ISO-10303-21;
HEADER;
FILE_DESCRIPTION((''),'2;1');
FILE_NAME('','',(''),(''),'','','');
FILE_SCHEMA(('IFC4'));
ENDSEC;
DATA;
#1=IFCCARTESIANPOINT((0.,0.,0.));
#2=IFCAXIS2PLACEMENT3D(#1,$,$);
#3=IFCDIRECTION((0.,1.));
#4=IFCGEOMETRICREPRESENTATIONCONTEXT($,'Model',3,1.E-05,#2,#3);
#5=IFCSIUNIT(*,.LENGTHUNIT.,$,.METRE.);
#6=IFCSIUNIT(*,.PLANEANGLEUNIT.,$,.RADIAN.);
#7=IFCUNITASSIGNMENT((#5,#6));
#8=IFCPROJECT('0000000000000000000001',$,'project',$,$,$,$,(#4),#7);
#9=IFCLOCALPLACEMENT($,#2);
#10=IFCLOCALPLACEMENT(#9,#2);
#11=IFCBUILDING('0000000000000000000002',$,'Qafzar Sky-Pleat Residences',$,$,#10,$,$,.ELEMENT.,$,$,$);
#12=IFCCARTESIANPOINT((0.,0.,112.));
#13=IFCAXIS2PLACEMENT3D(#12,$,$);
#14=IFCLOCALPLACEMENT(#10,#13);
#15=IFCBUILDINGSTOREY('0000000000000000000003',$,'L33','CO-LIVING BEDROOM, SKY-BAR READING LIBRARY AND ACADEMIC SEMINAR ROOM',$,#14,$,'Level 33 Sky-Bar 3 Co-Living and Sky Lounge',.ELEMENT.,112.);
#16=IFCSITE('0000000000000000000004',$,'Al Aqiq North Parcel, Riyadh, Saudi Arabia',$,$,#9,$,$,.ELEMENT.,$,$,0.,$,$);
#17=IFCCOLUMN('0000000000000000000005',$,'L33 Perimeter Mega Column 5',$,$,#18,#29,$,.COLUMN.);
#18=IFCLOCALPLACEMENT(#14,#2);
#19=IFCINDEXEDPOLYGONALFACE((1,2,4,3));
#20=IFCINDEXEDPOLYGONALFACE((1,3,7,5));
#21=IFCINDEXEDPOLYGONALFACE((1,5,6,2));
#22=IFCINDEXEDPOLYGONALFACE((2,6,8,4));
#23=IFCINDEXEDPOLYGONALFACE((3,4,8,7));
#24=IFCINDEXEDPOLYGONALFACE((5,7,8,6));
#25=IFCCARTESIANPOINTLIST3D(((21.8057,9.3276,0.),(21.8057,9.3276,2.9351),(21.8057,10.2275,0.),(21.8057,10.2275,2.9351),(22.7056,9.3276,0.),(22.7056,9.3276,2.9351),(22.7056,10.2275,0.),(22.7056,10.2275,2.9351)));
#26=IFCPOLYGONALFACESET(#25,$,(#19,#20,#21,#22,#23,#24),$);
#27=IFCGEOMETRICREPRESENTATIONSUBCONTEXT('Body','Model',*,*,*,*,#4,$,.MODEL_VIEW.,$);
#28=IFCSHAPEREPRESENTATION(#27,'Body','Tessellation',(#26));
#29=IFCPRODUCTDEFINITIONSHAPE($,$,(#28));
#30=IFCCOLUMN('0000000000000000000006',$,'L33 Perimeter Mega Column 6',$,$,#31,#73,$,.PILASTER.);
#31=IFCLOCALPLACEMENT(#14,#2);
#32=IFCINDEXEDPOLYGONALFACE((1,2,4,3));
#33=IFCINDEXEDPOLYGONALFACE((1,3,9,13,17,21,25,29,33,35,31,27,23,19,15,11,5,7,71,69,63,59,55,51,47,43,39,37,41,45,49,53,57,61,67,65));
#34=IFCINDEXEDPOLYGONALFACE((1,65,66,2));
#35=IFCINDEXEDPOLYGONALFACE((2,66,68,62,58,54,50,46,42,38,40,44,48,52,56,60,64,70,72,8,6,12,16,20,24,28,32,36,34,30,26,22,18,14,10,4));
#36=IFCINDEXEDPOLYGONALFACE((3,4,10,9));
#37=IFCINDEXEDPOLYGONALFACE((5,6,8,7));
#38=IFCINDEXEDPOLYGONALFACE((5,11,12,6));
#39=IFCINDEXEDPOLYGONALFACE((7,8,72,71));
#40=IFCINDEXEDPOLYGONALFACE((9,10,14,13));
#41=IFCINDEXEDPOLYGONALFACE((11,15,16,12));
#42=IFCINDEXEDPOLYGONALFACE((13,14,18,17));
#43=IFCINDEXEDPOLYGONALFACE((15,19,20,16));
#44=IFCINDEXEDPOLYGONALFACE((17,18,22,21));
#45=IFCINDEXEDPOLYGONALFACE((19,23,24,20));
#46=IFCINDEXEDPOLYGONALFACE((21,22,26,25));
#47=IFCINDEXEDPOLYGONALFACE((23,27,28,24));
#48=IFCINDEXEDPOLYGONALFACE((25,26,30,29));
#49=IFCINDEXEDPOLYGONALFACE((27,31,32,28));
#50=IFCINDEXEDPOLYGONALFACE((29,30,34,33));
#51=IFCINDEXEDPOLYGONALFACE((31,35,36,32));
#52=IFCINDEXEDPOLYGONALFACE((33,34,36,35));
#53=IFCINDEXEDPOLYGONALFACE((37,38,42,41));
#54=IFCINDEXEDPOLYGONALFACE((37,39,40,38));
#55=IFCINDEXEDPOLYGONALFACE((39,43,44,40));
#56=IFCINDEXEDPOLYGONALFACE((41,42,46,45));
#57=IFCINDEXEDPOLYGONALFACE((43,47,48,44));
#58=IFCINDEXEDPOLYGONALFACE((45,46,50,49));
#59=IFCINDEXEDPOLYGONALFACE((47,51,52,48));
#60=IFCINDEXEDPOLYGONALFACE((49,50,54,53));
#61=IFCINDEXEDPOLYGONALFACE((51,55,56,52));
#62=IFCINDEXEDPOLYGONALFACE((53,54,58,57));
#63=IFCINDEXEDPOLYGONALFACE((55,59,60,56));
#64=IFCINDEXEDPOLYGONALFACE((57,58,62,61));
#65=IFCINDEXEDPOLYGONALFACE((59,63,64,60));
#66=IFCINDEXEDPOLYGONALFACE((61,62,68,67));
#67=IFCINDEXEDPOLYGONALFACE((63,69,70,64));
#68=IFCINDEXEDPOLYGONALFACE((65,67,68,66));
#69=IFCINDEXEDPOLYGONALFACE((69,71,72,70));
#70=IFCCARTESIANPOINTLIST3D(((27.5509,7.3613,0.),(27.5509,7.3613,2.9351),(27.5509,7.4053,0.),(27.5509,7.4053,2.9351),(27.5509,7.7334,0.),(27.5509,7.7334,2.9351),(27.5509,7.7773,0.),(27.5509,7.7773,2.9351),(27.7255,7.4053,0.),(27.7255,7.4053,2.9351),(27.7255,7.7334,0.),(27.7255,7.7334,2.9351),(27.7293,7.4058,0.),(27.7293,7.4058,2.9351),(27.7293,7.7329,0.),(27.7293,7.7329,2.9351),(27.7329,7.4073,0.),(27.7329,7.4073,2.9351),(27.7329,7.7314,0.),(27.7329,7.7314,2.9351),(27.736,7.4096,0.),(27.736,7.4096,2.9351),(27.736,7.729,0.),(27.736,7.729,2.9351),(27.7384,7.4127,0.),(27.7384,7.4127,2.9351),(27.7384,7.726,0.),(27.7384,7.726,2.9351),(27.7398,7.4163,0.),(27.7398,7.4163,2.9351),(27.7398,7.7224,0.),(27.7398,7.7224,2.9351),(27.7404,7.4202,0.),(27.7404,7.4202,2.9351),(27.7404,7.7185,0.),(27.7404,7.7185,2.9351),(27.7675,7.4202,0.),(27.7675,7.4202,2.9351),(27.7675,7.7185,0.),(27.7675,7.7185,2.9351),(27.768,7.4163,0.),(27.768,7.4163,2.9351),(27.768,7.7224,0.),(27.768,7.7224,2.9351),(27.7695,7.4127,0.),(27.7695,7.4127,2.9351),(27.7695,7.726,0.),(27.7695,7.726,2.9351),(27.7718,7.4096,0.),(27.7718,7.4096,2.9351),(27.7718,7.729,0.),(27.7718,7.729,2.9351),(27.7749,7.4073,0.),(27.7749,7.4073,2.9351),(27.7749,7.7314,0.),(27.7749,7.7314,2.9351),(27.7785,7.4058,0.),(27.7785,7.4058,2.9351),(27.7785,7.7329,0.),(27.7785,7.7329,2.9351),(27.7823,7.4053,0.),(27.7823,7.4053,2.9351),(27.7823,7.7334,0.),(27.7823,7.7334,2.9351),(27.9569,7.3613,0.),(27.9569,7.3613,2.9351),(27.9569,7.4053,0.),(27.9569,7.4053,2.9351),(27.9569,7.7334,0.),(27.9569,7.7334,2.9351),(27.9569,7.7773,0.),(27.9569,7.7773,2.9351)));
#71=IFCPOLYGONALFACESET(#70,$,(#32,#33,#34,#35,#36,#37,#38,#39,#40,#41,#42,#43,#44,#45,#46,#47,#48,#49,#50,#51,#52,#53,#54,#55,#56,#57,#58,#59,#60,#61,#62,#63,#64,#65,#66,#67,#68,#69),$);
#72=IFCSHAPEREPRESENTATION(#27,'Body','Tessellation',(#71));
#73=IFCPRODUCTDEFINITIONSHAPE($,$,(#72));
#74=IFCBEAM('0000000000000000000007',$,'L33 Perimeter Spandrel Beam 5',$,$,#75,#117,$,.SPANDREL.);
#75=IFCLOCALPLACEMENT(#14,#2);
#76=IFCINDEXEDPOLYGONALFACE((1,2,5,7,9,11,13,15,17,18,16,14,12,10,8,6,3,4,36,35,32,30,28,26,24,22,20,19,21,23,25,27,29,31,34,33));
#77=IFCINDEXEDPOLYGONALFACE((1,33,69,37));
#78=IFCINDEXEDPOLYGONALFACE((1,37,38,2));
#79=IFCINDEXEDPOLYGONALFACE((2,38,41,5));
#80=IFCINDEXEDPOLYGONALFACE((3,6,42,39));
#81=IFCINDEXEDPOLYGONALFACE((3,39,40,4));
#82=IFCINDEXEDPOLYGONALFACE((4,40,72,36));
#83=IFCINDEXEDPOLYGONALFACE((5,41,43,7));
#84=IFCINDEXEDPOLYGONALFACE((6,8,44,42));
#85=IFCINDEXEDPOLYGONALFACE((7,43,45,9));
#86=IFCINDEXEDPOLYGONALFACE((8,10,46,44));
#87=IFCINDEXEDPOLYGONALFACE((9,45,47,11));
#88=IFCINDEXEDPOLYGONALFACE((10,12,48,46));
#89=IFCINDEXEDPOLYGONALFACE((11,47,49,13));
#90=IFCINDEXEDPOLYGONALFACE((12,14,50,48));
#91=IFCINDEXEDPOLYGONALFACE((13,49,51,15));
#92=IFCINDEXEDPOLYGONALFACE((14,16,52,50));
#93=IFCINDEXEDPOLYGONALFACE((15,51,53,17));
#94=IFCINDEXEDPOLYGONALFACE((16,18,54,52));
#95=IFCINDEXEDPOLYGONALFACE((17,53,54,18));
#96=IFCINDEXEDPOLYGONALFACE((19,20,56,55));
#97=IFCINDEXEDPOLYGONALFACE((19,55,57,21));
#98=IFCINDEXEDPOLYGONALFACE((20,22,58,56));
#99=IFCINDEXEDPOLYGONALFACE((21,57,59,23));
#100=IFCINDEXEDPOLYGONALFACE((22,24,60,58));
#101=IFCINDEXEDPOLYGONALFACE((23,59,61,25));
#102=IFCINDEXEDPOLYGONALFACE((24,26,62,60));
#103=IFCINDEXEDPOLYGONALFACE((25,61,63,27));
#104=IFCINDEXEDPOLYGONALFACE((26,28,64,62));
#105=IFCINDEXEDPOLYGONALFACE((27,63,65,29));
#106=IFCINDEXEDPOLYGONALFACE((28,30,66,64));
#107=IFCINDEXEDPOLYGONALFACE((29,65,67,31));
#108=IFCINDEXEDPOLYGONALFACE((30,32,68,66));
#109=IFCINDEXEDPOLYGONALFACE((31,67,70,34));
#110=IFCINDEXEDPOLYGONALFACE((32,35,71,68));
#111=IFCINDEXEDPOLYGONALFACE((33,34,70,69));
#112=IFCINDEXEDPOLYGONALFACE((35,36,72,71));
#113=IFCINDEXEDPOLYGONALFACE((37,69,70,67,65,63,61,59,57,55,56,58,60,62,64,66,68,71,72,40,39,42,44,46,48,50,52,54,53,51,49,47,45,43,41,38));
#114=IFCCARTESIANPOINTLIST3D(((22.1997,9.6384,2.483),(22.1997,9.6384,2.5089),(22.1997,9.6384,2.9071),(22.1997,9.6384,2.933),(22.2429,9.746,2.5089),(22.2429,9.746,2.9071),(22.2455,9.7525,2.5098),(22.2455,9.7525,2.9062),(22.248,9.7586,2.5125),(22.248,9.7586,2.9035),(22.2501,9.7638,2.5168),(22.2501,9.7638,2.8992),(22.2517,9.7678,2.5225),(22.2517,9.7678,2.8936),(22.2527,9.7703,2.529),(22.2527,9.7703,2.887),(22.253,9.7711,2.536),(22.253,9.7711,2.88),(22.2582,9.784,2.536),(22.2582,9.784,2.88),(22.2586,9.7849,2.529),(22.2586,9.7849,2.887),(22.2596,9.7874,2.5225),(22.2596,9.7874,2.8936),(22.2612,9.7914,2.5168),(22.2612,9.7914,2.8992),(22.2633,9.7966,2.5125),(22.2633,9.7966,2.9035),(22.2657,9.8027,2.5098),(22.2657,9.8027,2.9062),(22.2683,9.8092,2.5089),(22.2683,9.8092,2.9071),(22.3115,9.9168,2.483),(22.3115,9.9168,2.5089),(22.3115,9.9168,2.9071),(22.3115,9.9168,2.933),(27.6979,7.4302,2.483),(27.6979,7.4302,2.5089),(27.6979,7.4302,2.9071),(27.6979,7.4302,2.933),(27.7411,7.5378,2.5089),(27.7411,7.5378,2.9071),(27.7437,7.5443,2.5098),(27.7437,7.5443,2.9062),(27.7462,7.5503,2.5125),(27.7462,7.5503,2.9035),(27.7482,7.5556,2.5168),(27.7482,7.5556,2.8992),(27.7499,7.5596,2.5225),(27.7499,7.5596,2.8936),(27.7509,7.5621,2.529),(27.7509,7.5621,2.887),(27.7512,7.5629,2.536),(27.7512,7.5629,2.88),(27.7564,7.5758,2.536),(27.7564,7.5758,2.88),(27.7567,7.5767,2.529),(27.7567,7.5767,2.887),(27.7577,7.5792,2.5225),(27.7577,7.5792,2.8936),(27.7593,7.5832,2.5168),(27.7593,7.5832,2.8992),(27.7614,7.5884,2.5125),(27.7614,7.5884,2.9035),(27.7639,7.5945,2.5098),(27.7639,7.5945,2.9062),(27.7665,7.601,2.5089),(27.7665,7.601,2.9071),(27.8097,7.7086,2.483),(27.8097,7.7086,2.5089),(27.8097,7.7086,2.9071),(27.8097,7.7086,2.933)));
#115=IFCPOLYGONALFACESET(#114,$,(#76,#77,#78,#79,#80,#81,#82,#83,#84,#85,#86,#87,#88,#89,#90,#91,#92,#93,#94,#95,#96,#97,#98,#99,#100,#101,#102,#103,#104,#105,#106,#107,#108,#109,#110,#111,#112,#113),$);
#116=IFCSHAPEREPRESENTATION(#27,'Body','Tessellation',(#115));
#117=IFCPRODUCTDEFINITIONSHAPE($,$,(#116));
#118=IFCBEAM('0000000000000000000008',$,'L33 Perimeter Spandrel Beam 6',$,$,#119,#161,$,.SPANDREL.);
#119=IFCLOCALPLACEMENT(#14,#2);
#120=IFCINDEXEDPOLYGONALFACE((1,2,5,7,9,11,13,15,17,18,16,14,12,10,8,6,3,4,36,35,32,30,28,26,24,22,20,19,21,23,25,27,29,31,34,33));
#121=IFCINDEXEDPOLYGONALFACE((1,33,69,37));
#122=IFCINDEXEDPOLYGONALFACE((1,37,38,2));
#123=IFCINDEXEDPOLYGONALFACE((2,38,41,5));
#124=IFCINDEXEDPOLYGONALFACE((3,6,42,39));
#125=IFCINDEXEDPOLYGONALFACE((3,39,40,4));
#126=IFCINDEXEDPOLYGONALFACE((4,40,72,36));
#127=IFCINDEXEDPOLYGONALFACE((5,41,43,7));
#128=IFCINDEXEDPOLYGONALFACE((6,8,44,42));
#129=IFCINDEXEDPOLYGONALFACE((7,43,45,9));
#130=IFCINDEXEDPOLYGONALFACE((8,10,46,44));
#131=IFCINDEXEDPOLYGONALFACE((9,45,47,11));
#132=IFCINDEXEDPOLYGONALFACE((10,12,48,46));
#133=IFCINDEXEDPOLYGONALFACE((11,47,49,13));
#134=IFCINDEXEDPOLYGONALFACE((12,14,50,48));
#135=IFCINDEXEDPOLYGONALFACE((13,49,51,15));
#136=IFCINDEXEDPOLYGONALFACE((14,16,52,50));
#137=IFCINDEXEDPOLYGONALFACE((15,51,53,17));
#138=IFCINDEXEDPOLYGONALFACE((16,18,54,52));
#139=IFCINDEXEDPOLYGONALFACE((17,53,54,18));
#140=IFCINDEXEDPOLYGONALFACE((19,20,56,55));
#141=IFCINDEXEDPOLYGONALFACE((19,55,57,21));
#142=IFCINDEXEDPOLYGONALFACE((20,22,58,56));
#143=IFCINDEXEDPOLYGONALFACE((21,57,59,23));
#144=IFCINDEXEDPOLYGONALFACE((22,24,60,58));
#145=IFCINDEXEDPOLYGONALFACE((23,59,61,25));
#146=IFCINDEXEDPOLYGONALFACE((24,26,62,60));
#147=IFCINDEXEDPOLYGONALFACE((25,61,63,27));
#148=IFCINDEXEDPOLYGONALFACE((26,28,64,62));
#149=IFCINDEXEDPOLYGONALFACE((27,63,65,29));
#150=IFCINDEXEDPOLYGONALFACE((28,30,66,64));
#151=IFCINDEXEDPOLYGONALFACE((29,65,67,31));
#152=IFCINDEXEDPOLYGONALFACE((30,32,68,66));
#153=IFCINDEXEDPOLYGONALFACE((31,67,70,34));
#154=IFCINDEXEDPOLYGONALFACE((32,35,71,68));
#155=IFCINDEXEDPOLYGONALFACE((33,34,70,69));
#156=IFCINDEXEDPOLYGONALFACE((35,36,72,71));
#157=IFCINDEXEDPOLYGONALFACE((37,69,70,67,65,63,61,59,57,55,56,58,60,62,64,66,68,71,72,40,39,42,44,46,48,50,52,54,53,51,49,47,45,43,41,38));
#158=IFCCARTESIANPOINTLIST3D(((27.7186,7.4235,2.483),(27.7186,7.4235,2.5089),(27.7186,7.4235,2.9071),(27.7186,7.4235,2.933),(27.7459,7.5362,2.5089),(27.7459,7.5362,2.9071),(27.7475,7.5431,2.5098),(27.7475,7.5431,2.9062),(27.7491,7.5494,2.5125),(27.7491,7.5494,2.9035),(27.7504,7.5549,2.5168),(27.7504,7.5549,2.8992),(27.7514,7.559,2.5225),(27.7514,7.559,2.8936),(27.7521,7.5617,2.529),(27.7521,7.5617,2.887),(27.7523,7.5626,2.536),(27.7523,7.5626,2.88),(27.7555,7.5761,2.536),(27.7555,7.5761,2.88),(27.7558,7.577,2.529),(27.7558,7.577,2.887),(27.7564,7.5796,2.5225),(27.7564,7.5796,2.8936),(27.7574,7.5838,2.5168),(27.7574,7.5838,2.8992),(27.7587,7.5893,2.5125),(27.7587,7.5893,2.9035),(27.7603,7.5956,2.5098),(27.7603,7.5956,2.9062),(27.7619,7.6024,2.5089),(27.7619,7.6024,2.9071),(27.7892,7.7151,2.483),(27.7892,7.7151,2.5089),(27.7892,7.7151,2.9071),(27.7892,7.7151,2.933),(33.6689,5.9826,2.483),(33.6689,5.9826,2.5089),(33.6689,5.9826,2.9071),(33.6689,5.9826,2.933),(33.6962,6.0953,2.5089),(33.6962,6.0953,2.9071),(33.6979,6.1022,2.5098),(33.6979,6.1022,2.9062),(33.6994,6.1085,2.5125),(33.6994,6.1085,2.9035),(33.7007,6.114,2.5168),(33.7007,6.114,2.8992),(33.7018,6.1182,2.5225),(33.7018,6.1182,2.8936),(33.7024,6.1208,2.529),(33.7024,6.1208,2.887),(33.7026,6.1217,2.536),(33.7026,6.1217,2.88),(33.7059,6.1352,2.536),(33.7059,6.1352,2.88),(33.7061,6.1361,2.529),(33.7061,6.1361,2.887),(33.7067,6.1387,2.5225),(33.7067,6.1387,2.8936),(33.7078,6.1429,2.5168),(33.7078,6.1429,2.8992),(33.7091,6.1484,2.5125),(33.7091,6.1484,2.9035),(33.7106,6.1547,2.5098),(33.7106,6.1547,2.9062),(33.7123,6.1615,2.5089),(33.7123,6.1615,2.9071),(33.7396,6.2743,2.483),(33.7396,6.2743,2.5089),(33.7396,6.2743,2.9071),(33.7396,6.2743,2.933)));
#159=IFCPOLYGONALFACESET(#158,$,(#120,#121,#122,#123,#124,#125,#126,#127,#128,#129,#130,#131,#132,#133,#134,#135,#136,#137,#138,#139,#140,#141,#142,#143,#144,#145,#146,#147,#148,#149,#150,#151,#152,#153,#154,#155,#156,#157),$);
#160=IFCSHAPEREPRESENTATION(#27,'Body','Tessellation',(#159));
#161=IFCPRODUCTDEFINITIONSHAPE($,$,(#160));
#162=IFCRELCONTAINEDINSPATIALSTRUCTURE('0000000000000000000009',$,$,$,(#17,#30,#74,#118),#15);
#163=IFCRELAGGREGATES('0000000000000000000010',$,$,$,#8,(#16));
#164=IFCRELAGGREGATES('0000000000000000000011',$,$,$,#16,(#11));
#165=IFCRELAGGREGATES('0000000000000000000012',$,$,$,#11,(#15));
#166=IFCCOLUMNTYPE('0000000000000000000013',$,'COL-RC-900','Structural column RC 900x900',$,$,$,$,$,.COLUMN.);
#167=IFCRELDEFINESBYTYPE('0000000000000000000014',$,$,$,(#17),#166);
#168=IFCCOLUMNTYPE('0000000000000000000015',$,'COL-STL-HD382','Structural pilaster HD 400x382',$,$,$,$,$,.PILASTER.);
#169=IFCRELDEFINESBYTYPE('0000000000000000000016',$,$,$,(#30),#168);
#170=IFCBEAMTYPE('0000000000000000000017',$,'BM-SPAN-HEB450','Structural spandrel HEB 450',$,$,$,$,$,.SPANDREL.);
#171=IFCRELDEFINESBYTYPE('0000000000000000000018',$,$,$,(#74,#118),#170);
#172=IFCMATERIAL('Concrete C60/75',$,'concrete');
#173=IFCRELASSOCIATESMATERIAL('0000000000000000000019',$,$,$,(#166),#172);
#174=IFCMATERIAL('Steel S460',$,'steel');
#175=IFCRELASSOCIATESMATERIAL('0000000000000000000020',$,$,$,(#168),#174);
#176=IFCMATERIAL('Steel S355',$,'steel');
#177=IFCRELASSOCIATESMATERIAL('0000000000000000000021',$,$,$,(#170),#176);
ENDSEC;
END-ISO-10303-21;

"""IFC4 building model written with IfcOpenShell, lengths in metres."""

from ifc_helpers import new_model, si_unit, direction, frame, origin, origin_2d, place, context, subcontext, project, spatial, rectangle, i_section, extrude, source, transform, mapped, material, material_profile, profile_set, type_object, element, save


model = new_model("IFC4")

# Units and contexts
model_context = context("Model", 3, precision=1e-05, world=origin(), true_north=direction((0.0, 1.0)))
body_context = subcontext(model_context, "Body", "Model", "MODEL_VIEW")
ifc_project = project(units=[si_unit("LENGTHUNIT", "METRE"), si_unit("PLANEANGLEUNIT", "RADIAN")], contexts=[model_context])

# Site, building, storey
site_placement = place(None, origin())
site = spatial("IfcSite", under=ifc_project, at=site_placement, Name="Al Aqiq North Parcel, Riyadh, Saudi Arabia", CompositionType="ELEMENT", RefElevation=0.0)
building_placement = place(site_placement, origin())
building = spatial("IfcBuilding", under=site, at=building_placement, Name="Qafzar Sky-Pleat Residences", CompositionType="ELEMENT")
storey_placement = place(building_placement, frame((0.0, 0.0, 112.0)))
storey = spatial("IfcBuildingStorey", under=building, at=storey_placement, Name="L33", Description="CO-LIVING BEDROOM, SKY-BAR READING LIBRARY AND ACADEMIC SEMINAR ROOM", LongName="Level 33 Sky-Bar 3 Co-Living and Sky Lounge", CompositionType="ELEMENT", Elevation=112.0)

# Columns
ifc_material_1 = material(Name="Concrete C60/75", Category="concrete")
ifc_material_profile_1 = material_profile(ifc_material_1, rectangle(XDim=0.8999, YDim=0.8999, at=origin_2d()), Name="RC 900x900")
ifc_profile_set_1 = profile_set([ifc_material_profile_1], Name="Concrete C60/75")
column_type_1 = type_object("IfcColumnType", Name="COL-RC-900", Description="Structural column RC 900x900", PredefinedType="COLUMN", material=ifc_profile_set_1)
shared_shape_1 = source(origin(), body_context, "Body", "SweptSolid", [
    extrude(rectangle(XDim=0.8999, YDim=0.8999, at=origin_2d()), origin(), (0.0, 0.0, 1.0), 2.9351),
])
column_1_placement = place(storey_placement, frame((22.2556, 9.7776, 0.0), z_axis=(0.0, 0.0, 1.0), x_axis=(1.0, 0.0, 0.0)))
element("IfcColumn", 1, at=column_1_placement, inside=storey, type_object=column_type_1, Name="L33 Perimeter Mega Column 5", PredefinedType="COLUMN", context=body_context, shape_type="MappedRepresentation", body=[
    mapped(shared_shape_1, transform((0.0, 0.0, 0.0), x_axis=(1.0, 0.0, 0.0), y_axis=(0.0, 1.0, 0.0), z_axis=(0.0, 0.0, 1.0), scale=1.0)),
])
ifc_material_2 = material(Name="Steel S460", Category="steel")
ifc_material_profile_2 = material_profile(ifc_material_2, i_section(OverallWidth=0.406, OverallDepth=0.416, WebThickness=0.0271, FlangeThickness=0.0439, FilletRadius=0.0149, at=origin_2d()), Name="HD 400x382")
ifc_profile_set_2 = profile_set([ifc_material_profile_2], Name="Steel S460")
column_type_2 = type_object("IfcColumnType", Name="COL-STL-HD382", Description="Structural pilaster HD 400x382", PredefinedType="PILASTER", material=ifc_profile_set_2)
shared_shape_2 = source(origin(), body_context, "Body", "SweptSolid", [
    extrude(i_section(OverallWidth=0.406, OverallDepth=0.416, WebThickness=0.0271, FlangeThickness=0.0439, FilletRadius=0.0149, at=origin_2d()), origin(), (0.0, 0.0, 1.0), 2.9351),
])
column_2_placement = place(storey_placement, frame((27.7539, 7.5693, 0.0), z_axis=(0.0, 0.0, 1.0), x_axis=(1.0, 0.0, 0.0)))
element("IfcColumn", 2, at=column_2_placement, inside=storey, type_object=column_type_2, Name="L33 Perimeter Mega Column 6", PredefinedType="PILASTER", context=body_context, shape_type="MappedRepresentation", body=[
    mapped(shared_shape_2, transform((0.0, 0.0, 0.0), x_axis=(1.0, 0.0, 0.0), y_axis=(0.0, 1.0, 0.0), z_axis=(0.0, 0.0, 1.0), scale=1.0)),
])

# Beams
ifc_material_3 = material(Name="Steel S355", Category="steel")
ifc_material_profile_3 = material_profile(ifc_material_3, i_section(OverallWidth=0.3, OverallDepth=0.45, WebThickness=0.0139, FlangeThickness=0.0259, FilletRadius=0.0271, at=origin_2d()), Name="HEB 450")
ifc_profile_set_3 = profile_set([ifc_material_profile_3], Name="Steel S355")
beam_type_1 = type_object("IfcBeamType", Name="BM-SPAN-HEB450", Description="Structural spandrel HEB 450", PredefinedType="SPANDREL", material=ifc_profile_set_3)
shared_shape_3 = source(origin(), body_context, "Body", "SweptSolid", [
    extrude(i_section(OverallWidth=0.3, OverallDepth=0.45, WebThickness=0.0139, FlangeThickness=0.0259, FilletRadius=0.0271, at=origin_2d()), origin(), (0.0, 0.0, 1.0), 5.925),
])
beam_1_placement = place(storey_placement, frame((22.2556, 9.7776, 2.708), z_axis=(0.927956, -0.37269, 0.0), x_axis=(0.37269, 0.927956, 0.0)))
element("IfcBeam", 3, at=beam_1_placement, inside=storey, type_object=beam_type_1, Name="L33 Perimeter Spandrel Beam 5", PredefinedType="SPANDREL", context=body_context, shape_type="MappedRepresentation", body=[
    mapped(shared_shape_3, transform((0.0, 0.0, 0.0), x_axis=(1.0, 0.0, 0.0), y_axis=(0.0, 1.0, 0.0), z_axis=(0.0, 0.0, 1.0), scale=1.0)),
])
shared_shape_4 = source(origin(), body_context, "Body", "SweptSolid", [
    extrude(i_section(OverallWidth=0.3, OverallDepth=0.45, WebThickness=0.0139, FlangeThickness=0.0259, FilletRadius=0.0271, at=origin_2d()), origin(), (0.0, 0.0, 1.0), 6.1223),
])
beam_2_placement = place(storey_placement, frame((27.7539, 7.5693, 2.708), z_axis=(0.97191, -0.235351, 0.0), x_axis=(0.235351, 0.97191, 0.0)))
element("IfcBeam", 4, at=beam_2_placement, inside=storey, type_object=beam_type_1, Name="L33 Perimeter Spandrel Beam 6", PredefinedType="SPANDREL", context=body_context, shape_type="MappedRepresentation", body=[
    mapped(shared_shape_4, transform((0.0, 0.0, 0.0), x_axis=(1.0, 0.0, 0.0), y_axis=(0.0, 1.0, 0.0), z_axis=(0.0, 0.0, 1.0), scale=1.0)),
])

save(model, "model.ifc")
